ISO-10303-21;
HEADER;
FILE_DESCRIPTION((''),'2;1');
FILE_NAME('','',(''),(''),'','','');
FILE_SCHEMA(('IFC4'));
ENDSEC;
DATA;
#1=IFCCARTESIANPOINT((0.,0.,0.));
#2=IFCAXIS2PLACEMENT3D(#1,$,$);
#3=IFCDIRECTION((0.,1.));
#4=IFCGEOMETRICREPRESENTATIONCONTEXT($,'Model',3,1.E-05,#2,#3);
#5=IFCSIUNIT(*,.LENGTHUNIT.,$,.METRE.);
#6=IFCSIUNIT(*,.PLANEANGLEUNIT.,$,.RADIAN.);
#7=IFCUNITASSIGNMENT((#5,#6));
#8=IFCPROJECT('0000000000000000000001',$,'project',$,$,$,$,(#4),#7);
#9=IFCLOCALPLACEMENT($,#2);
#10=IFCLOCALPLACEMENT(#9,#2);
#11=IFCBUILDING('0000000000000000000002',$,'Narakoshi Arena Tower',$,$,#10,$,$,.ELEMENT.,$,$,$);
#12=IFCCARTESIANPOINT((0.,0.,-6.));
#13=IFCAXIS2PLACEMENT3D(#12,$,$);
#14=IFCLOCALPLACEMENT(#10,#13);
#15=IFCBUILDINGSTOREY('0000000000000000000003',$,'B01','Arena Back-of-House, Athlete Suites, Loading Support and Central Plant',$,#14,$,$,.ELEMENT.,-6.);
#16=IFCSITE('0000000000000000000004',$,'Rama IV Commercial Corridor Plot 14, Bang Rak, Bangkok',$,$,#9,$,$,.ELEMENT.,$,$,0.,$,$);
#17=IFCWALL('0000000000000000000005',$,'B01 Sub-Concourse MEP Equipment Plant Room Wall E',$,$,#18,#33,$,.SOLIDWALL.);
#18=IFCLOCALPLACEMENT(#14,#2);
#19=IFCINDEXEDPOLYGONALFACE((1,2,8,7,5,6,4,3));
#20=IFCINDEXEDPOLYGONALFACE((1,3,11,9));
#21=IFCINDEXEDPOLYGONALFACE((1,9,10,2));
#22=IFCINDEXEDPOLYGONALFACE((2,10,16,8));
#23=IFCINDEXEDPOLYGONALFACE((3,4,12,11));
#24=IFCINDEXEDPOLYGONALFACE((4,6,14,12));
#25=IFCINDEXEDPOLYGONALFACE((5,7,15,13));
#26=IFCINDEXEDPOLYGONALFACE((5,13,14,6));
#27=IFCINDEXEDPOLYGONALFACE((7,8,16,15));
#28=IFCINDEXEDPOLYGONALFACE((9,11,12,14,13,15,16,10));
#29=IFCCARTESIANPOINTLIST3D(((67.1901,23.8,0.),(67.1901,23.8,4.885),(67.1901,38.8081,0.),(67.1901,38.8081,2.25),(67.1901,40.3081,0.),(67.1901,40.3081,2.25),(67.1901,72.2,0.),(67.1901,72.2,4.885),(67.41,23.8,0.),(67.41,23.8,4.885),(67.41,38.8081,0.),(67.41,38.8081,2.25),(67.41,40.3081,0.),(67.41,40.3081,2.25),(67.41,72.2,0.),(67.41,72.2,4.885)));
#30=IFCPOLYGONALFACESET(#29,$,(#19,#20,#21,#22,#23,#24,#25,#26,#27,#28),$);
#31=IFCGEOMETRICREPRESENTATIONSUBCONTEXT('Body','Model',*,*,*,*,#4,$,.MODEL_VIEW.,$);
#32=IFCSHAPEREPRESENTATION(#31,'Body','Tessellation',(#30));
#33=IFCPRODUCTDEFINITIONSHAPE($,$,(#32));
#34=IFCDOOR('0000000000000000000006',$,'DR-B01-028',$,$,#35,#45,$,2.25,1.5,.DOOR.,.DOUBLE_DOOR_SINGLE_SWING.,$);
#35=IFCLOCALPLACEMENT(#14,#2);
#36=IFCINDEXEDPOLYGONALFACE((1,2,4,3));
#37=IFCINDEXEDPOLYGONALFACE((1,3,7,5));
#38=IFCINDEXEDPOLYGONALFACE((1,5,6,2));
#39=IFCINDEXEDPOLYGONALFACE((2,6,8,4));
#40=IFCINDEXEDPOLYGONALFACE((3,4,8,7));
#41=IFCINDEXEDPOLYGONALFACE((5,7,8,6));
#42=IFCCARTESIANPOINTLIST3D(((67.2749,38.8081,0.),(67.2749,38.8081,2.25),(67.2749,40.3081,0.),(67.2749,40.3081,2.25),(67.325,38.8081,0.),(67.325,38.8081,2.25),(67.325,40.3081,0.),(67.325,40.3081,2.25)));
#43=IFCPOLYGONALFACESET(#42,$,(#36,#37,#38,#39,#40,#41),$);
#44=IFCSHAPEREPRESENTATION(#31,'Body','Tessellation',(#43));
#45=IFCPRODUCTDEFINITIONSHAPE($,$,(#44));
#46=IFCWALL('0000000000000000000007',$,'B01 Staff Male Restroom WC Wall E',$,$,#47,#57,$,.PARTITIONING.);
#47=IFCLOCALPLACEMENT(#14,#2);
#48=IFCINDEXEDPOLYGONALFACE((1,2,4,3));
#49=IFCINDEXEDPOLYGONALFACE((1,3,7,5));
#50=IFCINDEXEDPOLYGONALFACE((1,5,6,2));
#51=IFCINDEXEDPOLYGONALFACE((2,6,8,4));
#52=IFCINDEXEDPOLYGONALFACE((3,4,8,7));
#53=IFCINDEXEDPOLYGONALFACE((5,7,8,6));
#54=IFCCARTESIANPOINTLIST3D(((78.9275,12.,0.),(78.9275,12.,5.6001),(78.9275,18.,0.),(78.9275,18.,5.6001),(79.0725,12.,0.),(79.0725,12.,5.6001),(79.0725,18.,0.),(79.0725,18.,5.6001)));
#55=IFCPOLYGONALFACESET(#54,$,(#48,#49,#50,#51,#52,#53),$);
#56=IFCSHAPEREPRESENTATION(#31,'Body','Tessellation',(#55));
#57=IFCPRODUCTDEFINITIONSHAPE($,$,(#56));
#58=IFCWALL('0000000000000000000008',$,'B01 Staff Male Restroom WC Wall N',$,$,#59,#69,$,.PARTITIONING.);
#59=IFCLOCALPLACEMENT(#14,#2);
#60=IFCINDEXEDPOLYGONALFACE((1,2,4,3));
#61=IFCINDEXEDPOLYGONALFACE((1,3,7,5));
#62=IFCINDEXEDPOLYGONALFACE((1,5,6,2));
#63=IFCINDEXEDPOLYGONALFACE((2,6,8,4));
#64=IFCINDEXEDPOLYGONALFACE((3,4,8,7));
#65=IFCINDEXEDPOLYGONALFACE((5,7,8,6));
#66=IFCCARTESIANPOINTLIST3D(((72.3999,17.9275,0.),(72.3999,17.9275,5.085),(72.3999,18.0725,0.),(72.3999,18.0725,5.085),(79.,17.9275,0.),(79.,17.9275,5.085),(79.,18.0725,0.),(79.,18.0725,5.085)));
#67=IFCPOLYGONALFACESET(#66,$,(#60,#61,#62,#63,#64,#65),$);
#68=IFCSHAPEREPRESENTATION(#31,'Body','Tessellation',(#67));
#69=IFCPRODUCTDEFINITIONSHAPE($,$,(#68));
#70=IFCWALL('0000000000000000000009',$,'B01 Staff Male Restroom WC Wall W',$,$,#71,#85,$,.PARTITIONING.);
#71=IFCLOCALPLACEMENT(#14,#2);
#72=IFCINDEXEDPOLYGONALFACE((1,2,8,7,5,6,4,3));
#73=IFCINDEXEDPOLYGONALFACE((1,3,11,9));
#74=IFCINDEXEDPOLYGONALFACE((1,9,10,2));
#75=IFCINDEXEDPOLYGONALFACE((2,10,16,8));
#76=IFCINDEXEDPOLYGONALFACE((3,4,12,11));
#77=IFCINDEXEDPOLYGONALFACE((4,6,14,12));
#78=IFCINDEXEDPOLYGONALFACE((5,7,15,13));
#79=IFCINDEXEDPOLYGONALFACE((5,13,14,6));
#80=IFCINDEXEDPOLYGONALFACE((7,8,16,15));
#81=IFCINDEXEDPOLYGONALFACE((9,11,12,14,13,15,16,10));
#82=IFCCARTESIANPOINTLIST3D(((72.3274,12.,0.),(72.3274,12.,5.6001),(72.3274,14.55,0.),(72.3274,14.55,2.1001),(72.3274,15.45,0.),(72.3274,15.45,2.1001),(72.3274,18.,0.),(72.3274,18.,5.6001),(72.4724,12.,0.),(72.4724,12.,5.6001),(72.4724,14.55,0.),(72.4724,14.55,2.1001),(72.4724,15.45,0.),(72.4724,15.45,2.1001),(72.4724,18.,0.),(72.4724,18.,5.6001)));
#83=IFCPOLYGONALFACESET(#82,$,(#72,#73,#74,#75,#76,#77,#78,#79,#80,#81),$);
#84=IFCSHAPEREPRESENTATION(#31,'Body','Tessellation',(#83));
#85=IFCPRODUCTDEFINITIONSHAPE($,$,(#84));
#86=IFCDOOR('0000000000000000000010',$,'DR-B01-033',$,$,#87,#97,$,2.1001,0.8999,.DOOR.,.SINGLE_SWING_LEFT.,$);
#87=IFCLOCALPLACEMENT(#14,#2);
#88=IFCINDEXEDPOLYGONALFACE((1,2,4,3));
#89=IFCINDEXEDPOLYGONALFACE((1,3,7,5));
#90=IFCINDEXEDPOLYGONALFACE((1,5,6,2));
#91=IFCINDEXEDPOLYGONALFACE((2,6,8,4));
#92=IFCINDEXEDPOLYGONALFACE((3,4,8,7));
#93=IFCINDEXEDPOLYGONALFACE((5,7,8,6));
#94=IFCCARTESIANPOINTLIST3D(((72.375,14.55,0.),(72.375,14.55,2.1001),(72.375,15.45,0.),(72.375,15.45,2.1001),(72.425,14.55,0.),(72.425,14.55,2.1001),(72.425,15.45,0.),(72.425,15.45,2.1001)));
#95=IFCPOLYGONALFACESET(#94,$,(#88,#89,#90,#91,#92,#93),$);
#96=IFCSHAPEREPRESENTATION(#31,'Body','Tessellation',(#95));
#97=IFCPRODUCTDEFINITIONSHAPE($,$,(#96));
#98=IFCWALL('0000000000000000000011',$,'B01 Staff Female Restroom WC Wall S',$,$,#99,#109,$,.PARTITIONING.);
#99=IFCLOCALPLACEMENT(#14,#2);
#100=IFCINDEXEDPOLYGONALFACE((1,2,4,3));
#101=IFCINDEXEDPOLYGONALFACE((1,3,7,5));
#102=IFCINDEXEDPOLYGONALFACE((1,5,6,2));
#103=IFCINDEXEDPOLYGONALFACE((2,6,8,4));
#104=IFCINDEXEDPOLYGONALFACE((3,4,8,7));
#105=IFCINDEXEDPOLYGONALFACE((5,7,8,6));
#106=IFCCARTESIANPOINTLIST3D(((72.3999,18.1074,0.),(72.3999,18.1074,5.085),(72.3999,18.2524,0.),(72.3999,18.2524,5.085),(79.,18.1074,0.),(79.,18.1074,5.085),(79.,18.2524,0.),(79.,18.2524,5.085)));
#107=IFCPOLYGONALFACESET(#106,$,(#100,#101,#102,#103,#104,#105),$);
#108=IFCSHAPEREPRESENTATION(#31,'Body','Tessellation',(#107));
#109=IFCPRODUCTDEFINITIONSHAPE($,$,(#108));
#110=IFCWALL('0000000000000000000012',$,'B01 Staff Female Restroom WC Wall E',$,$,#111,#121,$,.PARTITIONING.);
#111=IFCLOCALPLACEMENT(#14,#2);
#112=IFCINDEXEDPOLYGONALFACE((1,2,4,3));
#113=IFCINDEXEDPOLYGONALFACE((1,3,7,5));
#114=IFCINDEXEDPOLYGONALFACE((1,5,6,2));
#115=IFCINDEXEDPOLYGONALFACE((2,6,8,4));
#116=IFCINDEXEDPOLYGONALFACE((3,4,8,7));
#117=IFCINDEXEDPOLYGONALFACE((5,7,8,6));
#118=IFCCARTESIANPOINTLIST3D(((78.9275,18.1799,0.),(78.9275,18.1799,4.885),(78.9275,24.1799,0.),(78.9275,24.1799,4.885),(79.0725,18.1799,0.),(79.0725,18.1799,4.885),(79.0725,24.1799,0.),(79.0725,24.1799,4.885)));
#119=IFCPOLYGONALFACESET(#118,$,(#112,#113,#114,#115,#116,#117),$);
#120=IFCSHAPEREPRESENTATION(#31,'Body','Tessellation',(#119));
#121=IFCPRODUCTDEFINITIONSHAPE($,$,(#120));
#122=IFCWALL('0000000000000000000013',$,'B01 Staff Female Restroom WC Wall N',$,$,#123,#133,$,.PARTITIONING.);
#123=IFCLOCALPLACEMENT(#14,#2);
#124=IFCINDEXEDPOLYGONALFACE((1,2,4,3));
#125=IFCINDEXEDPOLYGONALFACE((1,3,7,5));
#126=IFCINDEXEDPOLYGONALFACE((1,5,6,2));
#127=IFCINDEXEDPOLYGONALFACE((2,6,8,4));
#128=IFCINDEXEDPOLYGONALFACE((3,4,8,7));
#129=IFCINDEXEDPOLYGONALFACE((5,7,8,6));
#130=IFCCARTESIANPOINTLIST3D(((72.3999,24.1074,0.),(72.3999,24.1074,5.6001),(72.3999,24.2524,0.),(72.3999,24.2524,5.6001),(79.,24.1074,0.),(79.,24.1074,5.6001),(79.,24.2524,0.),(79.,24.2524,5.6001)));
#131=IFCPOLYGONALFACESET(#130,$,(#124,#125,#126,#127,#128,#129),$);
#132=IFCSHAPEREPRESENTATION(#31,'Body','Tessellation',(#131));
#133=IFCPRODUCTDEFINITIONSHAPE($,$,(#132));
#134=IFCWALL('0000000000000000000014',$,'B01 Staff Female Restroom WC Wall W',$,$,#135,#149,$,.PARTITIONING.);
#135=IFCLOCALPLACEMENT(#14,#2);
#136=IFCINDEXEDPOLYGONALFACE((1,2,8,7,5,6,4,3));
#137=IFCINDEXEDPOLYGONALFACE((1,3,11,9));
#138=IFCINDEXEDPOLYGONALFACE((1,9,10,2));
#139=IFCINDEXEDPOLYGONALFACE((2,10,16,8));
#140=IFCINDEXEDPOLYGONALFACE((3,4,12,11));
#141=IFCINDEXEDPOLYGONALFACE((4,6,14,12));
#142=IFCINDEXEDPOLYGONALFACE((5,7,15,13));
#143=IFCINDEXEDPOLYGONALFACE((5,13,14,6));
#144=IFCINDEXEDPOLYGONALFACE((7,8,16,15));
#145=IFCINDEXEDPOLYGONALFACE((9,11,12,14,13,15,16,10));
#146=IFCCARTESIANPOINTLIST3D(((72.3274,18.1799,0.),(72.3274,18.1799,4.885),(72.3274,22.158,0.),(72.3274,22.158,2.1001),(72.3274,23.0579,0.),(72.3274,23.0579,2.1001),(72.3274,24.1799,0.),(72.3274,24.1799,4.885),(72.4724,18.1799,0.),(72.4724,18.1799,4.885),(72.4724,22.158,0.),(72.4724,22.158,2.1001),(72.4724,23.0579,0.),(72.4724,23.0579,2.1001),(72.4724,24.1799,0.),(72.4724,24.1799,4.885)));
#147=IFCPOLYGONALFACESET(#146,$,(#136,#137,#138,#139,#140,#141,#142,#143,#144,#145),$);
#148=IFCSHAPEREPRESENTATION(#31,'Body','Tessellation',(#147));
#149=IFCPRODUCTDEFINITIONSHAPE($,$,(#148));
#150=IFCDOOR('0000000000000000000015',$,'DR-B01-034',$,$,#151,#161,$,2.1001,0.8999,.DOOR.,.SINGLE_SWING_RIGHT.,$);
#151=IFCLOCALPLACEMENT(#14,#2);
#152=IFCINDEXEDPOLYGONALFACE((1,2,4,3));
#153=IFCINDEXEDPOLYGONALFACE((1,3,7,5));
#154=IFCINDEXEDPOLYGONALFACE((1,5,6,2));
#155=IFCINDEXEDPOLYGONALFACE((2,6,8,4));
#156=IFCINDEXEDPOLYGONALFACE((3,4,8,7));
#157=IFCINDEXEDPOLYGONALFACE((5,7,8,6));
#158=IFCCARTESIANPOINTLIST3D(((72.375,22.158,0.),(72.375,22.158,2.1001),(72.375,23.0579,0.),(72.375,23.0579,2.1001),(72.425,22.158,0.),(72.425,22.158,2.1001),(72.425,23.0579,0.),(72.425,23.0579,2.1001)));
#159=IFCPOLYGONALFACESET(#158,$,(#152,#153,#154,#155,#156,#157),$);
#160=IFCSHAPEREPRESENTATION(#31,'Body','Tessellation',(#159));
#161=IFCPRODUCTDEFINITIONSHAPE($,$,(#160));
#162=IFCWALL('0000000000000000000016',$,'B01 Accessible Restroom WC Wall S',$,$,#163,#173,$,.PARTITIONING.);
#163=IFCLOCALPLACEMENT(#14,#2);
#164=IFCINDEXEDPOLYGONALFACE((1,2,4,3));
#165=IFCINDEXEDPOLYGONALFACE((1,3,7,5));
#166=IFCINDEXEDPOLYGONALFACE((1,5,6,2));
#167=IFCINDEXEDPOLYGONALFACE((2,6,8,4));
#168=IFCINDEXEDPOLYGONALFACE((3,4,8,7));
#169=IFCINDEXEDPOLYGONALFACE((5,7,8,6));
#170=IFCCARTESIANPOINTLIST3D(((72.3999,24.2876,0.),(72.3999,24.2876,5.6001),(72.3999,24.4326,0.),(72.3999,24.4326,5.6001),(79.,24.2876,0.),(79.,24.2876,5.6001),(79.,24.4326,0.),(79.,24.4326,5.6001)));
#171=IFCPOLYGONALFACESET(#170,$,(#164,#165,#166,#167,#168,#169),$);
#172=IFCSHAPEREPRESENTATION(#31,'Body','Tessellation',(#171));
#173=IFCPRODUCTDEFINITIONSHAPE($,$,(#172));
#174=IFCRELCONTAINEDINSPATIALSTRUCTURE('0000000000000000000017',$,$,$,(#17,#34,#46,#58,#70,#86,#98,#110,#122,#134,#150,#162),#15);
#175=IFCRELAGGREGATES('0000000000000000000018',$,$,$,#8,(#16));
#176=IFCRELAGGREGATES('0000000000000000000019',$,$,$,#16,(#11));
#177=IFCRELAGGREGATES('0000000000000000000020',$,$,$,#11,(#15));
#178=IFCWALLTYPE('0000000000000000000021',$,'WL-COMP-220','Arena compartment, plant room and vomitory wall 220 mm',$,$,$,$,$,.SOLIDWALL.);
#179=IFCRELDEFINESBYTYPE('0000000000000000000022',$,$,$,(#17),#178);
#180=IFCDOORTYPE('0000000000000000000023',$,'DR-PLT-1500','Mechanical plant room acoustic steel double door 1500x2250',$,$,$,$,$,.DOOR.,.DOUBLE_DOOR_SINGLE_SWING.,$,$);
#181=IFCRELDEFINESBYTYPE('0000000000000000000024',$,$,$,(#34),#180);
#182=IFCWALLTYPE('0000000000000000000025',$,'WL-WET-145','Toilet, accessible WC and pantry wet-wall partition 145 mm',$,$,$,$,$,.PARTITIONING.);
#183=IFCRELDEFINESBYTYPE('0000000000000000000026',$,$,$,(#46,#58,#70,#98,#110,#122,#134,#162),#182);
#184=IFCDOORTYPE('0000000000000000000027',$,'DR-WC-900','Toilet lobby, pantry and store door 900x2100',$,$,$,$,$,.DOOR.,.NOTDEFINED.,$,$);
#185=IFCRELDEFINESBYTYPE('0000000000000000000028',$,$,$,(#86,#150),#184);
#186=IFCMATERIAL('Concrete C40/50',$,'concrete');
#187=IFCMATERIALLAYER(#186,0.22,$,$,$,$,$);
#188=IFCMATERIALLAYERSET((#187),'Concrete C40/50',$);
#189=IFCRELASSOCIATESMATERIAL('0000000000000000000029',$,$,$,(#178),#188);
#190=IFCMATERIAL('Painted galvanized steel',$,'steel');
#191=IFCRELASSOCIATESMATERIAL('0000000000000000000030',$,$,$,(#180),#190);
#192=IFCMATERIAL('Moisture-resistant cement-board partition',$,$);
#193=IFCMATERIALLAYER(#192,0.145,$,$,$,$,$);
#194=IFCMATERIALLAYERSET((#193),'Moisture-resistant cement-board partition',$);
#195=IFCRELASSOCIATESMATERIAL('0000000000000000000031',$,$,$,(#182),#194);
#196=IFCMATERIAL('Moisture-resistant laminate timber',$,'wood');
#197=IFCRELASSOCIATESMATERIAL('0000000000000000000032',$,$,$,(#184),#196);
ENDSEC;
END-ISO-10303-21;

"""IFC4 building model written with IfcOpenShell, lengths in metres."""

from ifc_helpers import new_model, si_unit, direction, frame, frame_2d, origin, place, context, subcontext, project, spatial, rectangle, extrude, material, layer, layer_set, type_object, element, fill, save


model = new_model("IFC4")

# Units and contexts
model_context = context("Model", 3, precision=1e-05, world=origin(), true_north=direction((0.0, 1.0)))
body_context = subcontext(model_context, "Body", "Model", "MODEL_VIEW")
ifc_project = project(units=[si_unit("LENGTHUNIT", "METRE"), si_unit("PLANEANGLEUNIT", "RADIAN")], contexts=[model_context])

# Site, building, storey
site_placement = place(None, origin())
site = spatial("IfcSite", under=ifc_project, at=site_placement, Name="Rama IV Commercial Corridor Plot 14, Bang Rak, Bangkok", CompositionType="ELEMENT", RefElevation=0.0)
building_placement = place(site_placement, origin())
building = spatial("IfcBuilding", under=site, at=building_placement, Name="Narakoshi Arena Tower", CompositionType="ELEMENT")
storey_placement = place(building_placement, frame((0.0, 0.0, -6.0)))
storey = spatial("IfcBuildingStorey", under=building, at=storey_placement, Name="B01", Description="Arena Back-of-House, Athlete Suites, Loading Support and Central Plant", CompositionType="ELEMENT", Elevation=-6.0)

# Wall, opening, door
ifc_material_1 = material(Name="Concrete C40/50", Category="concrete")
ifc_layer_1 = layer(ifc_material_1, 0.22)
ifc_layer_set_1 = layer_set([ifc_layer_1], Name="Concrete C40/50")
wall_type_1 = type_object("IfcWallType", Name="WL-COMP-220", Description="Arena compartment, plant room and vomitory wall 220 mm", PredefinedType="SOLIDWALL", material=ifc_layer_set_1)
wall_1_placement = place(storey_placement, frame((67.3, 23.8, 0.0), z_axis=(0.0, 0.0, 1.0), x_axis=(0.0, 1.0, 0.0)))
wall_1 = element("IfcWall", 1, at=wall_1_placement, inside=storey, type_object=wall_type_1, Name="B01 Sub-Concourse MEP Equipment Plant Room Wall E", PredefinedType="SOLIDWALL", context=body_context, shape_type="SweptSolid", body=[
    extrude(rectangle(XDim=48.3999, YDim=0.22, at=frame_2d((24.2, 0.0))), origin(), (0.0, 0.0, 1.0), 4.885),
])
opening_1_placement = place(wall_1_placement, frame((15.0081, 0.0, 0.0)))
opening_1 = element("IfcOpeningElement", 2, at=opening_1_placement, cuts=wall_1, PredefinedType="OPENING", context=body_context, shape_type="SweptSolid", body=[
    extrude(rectangle(XDim=1.5, YDim=2.25, at=frame_2d((0.75, 1.125))), frame((0.0, 0.1199, 0.0), z_axis=(0.0, -1.0, 0.0), x_axis=(1.0, 0.0, 0.0)), (0.0, 0.0, 1.0), 0.24),
])
ifc_material_2 = material(Name="Painted galvanized steel", Category="steel")
door_type_1 = type_object("IfcDoorType", Name="DR-PLT-1500", Description="Mechanical plant room acoustic steel double door 1500x2250", OperationType="DOUBLE_DOOR_SINGLE_SWING", PredefinedType="DOOR", material=ifc_material_2)
door_1_placement = place(opening_1_placement, frame((1.5, 0.0, 0.0), z_axis=(0.0, 0.0, 1.0), x_axis=(-1.0, 0.0, 0.0)))
door_1 = element("IfcDoor", 3, at=door_1_placement, inside=storey, type_object=door_type_1, Name="DR-B01-028", OperationType="DOUBLE_DOOR_SINGLE_SWING", OverallHeight=2.25, OverallWidth=1.5, PredefinedType="DOOR", context=body_context, shape_type="SweptSolid", body=[
    extrude(rectangle(XDim=1.5, YDim=2.25, at=frame_2d((0.75, 1.125))), frame((0.0, 0.0249, 0.0), z_axis=(0.0, -1.0, 0.0), x_axis=(1.0, 0.0, 0.0)), (0.0, 0.0, 1.0), 0.05),
])
fill(opening_1, door_1)

# Walls
ifc_material_3 = material(Name="Moisture-resistant cement-board partition")
ifc_layer_2 = layer(ifc_material_3, 0.145)
ifc_layer_set_2 = layer_set([ifc_layer_2], Name="Moisture-resistant cement-board partition")
wall_type_2 = type_object("IfcWallType", Name="WL-WET-145", Description="Toilet, accessible WC and pantry wet-wall partition 145 mm", PredefinedType="PARTITIONING", material=ifc_layer_set_2)
wall_2_placement = place(storey_placement, frame((79.0, 12.0, 0.0), z_axis=(0.0, 0.0, 1.0), x_axis=(0.0, 1.0, 0.0)))
element("IfcWall", 4, at=wall_2_placement, inside=storey, type_object=wall_type_2, Name="B01 Staff Male Restroom WC Wall E", PredefinedType="PARTITIONING", context=body_context, shape_type="SweptSolid", body=[
    extrude(rectangle(XDim=6.0, YDim=0.145, at=frame_2d((3.0, 0.0))), origin(), (0.0, 0.0, 1.0), 5.6001),
])
wall_3_placement = place(storey_placement, frame((79.0, 18.0, 0.0), z_axis=(0.0, 0.0, 1.0), x_axis=(-1.0, 0.0, 0.0)))
element("IfcWall", 5, at=wall_3_placement, inside=storey, type_object=wall_type_2, Name="B01 Staff Male Restroom WC Wall N", PredefinedType="PARTITIONING", context=body_context, shape_type="SweptSolid", body=[
    extrude(rectangle(XDim=6.6001, YDim=0.145, at=frame_2d((3.3, 0.0))), origin(), (0.0, 0.0, 1.0), 5.085),
])

# Wall, opening, door
wall_4_placement = place(storey_placement, frame((72.3999, 18.0, 0.0), z_axis=(0.0, 0.0, 1.0), x_axis=(0.0, -1.0, 0.0)))
wall_4 = element("IfcWall", 6, at=wall_4_placement, inside=storey, type_object=wall_type_2, Name="B01 Staff Male Restroom WC Wall W", PredefinedType="PARTITIONING", context=body_context, shape_type="SweptSolid", body=[
    extrude(rectangle(XDim=6.0, YDim=0.145, at=frame_2d((3.0, 0.0))), origin(), (0.0, 0.0, 1.0), 5.6001),
])
opening_2_placement = place(wall_4_placement, frame((2.55, 0.0, 0.0)))
opening_2 = element("IfcOpeningElement", 7, at=opening_2_placement, cuts=wall_4, PredefinedType="OPENING", context=body_context, shape_type="SweptSolid", body=[
    extrude(rectangle(XDim=0.8999, YDim=2.1001, at=frame_2d((0.45, 1.05))), frame((0.0, 0.0825, 0.0), z_axis=(0.0, -1.0, 0.0), x_axis=(1.0, 0.0, 0.0)), (0.0, 0.0, 1.0), 0.165),
])
ifc_material_4 = material(Name="Moisture-resistant laminate timber", Category="wood")
door_type_2 = type_object("IfcDoorType", Name="DR-WC-900", Description="Toilet lobby, pantry and store door 900x2100", OperationType="NOTDEFINED", PredefinedType="DOOR", material=ifc_material_4)
door_2_placement = place(opening_2_placement, frame((0.8999, 0.0, 0.0), z_axis=(0.0, 0.0, 1.0), x_axis=(-1.0, 0.0, 0.0)))
door_2 = element("IfcDoor", 8, at=door_2_placement, inside=storey, type_object=door_type_2, Name="DR-B01-033", OperationType="SINGLE_SWING_LEFT", OverallHeight=2.1001, OverallWidth=0.8999, PredefinedType="DOOR", context=body_context, shape_type="SweptSolid", body=[
    extrude(rectangle(XDim=0.8999, YDim=2.1001, at=frame_2d((0.45, 1.05))), frame((0.0, 0.0249, 0.0), z_axis=(0.0, -1.0, 0.0), x_axis=(1.0, 0.0, 0.0)), (0.0, 0.0, 1.0), 0.05),
])
fill(opening_2, door_2)

# Walls
wall_5_placement = place(storey_placement, frame((72.3999, 18.1799, 0.0), z_axis=(0.0, 0.0, 1.0), x_axis=(1.0, 0.0, 0.0)))
element("IfcWall", 9, at=wall_5_placement, inside=storey, type_object=wall_type_2, Name="B01 Staff Female Restroom WC Wall S", PredefinedType="PARTITIONING", context=body_context, shape_type="SweptSolid", body=[
    extrude(rectangle(XDim=6.6001, YDim=0.145, at=frame_2d((3.3, 0.0))), origin(), (0.0, 0.0, 1.0), 5.085),
])
wall_6_placement = place(storey_placement, frame((79.0, 18.1799, 0.0), z_axis=(0.0, 0.0, 1.0), x_axis=(0.0, 1.0, 0.0)))
element("IfcWall", 10, at=wall_6_placement, inside=storey, type_object=wall_type_2, Name="B01 Staff Female Restroom WC Wall E", PredefinedType="PARTITIONING", context=body_context, shape_type="SweptSolid", body=[
    extrude(rectangle(XDim=6.0, YDim=0.145, at=frame_2d((3.0, 0.0))), origin(), (0.0, 0.0, 1.0), 4.885),
])
wall_7_placement = place(storey_placement, frame((79.0, 24.1799, 0.0), z_axis=(0.0, 0.0, 1.0), x_axis=(-1.0, 0.0, 0.0)))
element("IfcWall", 11, at=wall_7_placement, inside=storey, type_object=wall_type_2, Name="B01 Staff Female Restroom WC Wall N", PredefinedType="PARTITIONING", context=body_context, shape_type="SweptSolid", body=[
    extrude(rectangle(XDim=6.6001, YDim=0.145, at=frame_2d((3.3, 0.0))), origin(), (0.0, 0.0, 1.0), 5.6001),
])

# Wall, opening, door
wall_8_placement = place(storey_placement, frame((72.3999, 24.1799, 0.0), z_axis=(0.0, 0.0, 1.0), x_axis=(0.0, -1.0, 0.0)))
wall_8 = element("IfcWall", 12, at=wall_8_placement, inside=storey, type_object=wall_type_2, Name="B01 Staff Female Restroom WC Wall W", PredefinedType="PARTITIONING", context=body_context, shape_type="SweptSolid", body=[
    extrude(rectangle(XDim=6.0, YDim=0.145, at=frame_2d((3.0, 0.0))), origin(), (0.0, 0.0, 1.0), 4.885),
])
opening_3_placement = place(wall_8_placement, frame((1.1221, 0.0, 0.0)))
opening_3 = element("IfcOpeningElement", 13, at=opening_3_placement, cuts=wall_8, PredefinedType="OPENING", context=body_context, shape_type="SweptSolid", body=[
    extrude(rectangle(XDim=0.8999, YDim=2.1001, at=frame_2d((0.45, 1.05))), frame((0.0, 0.0825, 0.0), z_axis=(0.0, -1.0, 0.0), x_axis=(1.0, 0.0, 0.0)), (0.0, 0.0, 1.0), 0.165),
])
door_3_placement = place(opening_3_placement, frame((0.8999, 0.0, 0.0), z_axis=(0.0, 0.0, 1.0), x_axis=(-1.0, 0.0, 0.0)))
door_3 = element("IfcDoor", 14, at=door_3_placement, inside=storey, type_object=door_type_2, Name="DR-B01-034", OperationType="SINGLE_SWING_RIGHT", OverallHeight=2.1001, OverallWidth=0.8999, PredefinedType="DOOR", context=body_context, shape_type="SweptSolid", body=[
    extrude(rectangle(XDim=0.8999, YDim=2.1001, at=frame_2d((0.45, 1.05))), frame((0.0, 0.0249, 0.0), z_axis=(0.0, -1.0, 0.0), x_axis=(1.0, 0.0, 0.0)), (0.0, 0.0, 1.0), 0.05),
])
fill(opening_3, door_3)

# Wall
wall_9_placement = place(storey_placement, frame((72.3999, 24.3601, 0.0), z_axis=(0.0, 0.0, 1.0), x_axis=(1.0, 0.0, 0.0)))
element("IfcWall", 15, at=wall_9_placement, inside=storey, type_object=wall_type_2, Name="B01 Accessible Restroom WC Wall S", PredefinedType="PARTITIONING", context=body_context, shape_type="SweptSolid", body=[
    extrude(rectangle(XDim=6.6001, YDim=0.145, at=frame_2d((3.3, 0.0))), origin(), (0.0, 0.0, 1.0), 5.6001),
])

save(model, "model.ifc")
